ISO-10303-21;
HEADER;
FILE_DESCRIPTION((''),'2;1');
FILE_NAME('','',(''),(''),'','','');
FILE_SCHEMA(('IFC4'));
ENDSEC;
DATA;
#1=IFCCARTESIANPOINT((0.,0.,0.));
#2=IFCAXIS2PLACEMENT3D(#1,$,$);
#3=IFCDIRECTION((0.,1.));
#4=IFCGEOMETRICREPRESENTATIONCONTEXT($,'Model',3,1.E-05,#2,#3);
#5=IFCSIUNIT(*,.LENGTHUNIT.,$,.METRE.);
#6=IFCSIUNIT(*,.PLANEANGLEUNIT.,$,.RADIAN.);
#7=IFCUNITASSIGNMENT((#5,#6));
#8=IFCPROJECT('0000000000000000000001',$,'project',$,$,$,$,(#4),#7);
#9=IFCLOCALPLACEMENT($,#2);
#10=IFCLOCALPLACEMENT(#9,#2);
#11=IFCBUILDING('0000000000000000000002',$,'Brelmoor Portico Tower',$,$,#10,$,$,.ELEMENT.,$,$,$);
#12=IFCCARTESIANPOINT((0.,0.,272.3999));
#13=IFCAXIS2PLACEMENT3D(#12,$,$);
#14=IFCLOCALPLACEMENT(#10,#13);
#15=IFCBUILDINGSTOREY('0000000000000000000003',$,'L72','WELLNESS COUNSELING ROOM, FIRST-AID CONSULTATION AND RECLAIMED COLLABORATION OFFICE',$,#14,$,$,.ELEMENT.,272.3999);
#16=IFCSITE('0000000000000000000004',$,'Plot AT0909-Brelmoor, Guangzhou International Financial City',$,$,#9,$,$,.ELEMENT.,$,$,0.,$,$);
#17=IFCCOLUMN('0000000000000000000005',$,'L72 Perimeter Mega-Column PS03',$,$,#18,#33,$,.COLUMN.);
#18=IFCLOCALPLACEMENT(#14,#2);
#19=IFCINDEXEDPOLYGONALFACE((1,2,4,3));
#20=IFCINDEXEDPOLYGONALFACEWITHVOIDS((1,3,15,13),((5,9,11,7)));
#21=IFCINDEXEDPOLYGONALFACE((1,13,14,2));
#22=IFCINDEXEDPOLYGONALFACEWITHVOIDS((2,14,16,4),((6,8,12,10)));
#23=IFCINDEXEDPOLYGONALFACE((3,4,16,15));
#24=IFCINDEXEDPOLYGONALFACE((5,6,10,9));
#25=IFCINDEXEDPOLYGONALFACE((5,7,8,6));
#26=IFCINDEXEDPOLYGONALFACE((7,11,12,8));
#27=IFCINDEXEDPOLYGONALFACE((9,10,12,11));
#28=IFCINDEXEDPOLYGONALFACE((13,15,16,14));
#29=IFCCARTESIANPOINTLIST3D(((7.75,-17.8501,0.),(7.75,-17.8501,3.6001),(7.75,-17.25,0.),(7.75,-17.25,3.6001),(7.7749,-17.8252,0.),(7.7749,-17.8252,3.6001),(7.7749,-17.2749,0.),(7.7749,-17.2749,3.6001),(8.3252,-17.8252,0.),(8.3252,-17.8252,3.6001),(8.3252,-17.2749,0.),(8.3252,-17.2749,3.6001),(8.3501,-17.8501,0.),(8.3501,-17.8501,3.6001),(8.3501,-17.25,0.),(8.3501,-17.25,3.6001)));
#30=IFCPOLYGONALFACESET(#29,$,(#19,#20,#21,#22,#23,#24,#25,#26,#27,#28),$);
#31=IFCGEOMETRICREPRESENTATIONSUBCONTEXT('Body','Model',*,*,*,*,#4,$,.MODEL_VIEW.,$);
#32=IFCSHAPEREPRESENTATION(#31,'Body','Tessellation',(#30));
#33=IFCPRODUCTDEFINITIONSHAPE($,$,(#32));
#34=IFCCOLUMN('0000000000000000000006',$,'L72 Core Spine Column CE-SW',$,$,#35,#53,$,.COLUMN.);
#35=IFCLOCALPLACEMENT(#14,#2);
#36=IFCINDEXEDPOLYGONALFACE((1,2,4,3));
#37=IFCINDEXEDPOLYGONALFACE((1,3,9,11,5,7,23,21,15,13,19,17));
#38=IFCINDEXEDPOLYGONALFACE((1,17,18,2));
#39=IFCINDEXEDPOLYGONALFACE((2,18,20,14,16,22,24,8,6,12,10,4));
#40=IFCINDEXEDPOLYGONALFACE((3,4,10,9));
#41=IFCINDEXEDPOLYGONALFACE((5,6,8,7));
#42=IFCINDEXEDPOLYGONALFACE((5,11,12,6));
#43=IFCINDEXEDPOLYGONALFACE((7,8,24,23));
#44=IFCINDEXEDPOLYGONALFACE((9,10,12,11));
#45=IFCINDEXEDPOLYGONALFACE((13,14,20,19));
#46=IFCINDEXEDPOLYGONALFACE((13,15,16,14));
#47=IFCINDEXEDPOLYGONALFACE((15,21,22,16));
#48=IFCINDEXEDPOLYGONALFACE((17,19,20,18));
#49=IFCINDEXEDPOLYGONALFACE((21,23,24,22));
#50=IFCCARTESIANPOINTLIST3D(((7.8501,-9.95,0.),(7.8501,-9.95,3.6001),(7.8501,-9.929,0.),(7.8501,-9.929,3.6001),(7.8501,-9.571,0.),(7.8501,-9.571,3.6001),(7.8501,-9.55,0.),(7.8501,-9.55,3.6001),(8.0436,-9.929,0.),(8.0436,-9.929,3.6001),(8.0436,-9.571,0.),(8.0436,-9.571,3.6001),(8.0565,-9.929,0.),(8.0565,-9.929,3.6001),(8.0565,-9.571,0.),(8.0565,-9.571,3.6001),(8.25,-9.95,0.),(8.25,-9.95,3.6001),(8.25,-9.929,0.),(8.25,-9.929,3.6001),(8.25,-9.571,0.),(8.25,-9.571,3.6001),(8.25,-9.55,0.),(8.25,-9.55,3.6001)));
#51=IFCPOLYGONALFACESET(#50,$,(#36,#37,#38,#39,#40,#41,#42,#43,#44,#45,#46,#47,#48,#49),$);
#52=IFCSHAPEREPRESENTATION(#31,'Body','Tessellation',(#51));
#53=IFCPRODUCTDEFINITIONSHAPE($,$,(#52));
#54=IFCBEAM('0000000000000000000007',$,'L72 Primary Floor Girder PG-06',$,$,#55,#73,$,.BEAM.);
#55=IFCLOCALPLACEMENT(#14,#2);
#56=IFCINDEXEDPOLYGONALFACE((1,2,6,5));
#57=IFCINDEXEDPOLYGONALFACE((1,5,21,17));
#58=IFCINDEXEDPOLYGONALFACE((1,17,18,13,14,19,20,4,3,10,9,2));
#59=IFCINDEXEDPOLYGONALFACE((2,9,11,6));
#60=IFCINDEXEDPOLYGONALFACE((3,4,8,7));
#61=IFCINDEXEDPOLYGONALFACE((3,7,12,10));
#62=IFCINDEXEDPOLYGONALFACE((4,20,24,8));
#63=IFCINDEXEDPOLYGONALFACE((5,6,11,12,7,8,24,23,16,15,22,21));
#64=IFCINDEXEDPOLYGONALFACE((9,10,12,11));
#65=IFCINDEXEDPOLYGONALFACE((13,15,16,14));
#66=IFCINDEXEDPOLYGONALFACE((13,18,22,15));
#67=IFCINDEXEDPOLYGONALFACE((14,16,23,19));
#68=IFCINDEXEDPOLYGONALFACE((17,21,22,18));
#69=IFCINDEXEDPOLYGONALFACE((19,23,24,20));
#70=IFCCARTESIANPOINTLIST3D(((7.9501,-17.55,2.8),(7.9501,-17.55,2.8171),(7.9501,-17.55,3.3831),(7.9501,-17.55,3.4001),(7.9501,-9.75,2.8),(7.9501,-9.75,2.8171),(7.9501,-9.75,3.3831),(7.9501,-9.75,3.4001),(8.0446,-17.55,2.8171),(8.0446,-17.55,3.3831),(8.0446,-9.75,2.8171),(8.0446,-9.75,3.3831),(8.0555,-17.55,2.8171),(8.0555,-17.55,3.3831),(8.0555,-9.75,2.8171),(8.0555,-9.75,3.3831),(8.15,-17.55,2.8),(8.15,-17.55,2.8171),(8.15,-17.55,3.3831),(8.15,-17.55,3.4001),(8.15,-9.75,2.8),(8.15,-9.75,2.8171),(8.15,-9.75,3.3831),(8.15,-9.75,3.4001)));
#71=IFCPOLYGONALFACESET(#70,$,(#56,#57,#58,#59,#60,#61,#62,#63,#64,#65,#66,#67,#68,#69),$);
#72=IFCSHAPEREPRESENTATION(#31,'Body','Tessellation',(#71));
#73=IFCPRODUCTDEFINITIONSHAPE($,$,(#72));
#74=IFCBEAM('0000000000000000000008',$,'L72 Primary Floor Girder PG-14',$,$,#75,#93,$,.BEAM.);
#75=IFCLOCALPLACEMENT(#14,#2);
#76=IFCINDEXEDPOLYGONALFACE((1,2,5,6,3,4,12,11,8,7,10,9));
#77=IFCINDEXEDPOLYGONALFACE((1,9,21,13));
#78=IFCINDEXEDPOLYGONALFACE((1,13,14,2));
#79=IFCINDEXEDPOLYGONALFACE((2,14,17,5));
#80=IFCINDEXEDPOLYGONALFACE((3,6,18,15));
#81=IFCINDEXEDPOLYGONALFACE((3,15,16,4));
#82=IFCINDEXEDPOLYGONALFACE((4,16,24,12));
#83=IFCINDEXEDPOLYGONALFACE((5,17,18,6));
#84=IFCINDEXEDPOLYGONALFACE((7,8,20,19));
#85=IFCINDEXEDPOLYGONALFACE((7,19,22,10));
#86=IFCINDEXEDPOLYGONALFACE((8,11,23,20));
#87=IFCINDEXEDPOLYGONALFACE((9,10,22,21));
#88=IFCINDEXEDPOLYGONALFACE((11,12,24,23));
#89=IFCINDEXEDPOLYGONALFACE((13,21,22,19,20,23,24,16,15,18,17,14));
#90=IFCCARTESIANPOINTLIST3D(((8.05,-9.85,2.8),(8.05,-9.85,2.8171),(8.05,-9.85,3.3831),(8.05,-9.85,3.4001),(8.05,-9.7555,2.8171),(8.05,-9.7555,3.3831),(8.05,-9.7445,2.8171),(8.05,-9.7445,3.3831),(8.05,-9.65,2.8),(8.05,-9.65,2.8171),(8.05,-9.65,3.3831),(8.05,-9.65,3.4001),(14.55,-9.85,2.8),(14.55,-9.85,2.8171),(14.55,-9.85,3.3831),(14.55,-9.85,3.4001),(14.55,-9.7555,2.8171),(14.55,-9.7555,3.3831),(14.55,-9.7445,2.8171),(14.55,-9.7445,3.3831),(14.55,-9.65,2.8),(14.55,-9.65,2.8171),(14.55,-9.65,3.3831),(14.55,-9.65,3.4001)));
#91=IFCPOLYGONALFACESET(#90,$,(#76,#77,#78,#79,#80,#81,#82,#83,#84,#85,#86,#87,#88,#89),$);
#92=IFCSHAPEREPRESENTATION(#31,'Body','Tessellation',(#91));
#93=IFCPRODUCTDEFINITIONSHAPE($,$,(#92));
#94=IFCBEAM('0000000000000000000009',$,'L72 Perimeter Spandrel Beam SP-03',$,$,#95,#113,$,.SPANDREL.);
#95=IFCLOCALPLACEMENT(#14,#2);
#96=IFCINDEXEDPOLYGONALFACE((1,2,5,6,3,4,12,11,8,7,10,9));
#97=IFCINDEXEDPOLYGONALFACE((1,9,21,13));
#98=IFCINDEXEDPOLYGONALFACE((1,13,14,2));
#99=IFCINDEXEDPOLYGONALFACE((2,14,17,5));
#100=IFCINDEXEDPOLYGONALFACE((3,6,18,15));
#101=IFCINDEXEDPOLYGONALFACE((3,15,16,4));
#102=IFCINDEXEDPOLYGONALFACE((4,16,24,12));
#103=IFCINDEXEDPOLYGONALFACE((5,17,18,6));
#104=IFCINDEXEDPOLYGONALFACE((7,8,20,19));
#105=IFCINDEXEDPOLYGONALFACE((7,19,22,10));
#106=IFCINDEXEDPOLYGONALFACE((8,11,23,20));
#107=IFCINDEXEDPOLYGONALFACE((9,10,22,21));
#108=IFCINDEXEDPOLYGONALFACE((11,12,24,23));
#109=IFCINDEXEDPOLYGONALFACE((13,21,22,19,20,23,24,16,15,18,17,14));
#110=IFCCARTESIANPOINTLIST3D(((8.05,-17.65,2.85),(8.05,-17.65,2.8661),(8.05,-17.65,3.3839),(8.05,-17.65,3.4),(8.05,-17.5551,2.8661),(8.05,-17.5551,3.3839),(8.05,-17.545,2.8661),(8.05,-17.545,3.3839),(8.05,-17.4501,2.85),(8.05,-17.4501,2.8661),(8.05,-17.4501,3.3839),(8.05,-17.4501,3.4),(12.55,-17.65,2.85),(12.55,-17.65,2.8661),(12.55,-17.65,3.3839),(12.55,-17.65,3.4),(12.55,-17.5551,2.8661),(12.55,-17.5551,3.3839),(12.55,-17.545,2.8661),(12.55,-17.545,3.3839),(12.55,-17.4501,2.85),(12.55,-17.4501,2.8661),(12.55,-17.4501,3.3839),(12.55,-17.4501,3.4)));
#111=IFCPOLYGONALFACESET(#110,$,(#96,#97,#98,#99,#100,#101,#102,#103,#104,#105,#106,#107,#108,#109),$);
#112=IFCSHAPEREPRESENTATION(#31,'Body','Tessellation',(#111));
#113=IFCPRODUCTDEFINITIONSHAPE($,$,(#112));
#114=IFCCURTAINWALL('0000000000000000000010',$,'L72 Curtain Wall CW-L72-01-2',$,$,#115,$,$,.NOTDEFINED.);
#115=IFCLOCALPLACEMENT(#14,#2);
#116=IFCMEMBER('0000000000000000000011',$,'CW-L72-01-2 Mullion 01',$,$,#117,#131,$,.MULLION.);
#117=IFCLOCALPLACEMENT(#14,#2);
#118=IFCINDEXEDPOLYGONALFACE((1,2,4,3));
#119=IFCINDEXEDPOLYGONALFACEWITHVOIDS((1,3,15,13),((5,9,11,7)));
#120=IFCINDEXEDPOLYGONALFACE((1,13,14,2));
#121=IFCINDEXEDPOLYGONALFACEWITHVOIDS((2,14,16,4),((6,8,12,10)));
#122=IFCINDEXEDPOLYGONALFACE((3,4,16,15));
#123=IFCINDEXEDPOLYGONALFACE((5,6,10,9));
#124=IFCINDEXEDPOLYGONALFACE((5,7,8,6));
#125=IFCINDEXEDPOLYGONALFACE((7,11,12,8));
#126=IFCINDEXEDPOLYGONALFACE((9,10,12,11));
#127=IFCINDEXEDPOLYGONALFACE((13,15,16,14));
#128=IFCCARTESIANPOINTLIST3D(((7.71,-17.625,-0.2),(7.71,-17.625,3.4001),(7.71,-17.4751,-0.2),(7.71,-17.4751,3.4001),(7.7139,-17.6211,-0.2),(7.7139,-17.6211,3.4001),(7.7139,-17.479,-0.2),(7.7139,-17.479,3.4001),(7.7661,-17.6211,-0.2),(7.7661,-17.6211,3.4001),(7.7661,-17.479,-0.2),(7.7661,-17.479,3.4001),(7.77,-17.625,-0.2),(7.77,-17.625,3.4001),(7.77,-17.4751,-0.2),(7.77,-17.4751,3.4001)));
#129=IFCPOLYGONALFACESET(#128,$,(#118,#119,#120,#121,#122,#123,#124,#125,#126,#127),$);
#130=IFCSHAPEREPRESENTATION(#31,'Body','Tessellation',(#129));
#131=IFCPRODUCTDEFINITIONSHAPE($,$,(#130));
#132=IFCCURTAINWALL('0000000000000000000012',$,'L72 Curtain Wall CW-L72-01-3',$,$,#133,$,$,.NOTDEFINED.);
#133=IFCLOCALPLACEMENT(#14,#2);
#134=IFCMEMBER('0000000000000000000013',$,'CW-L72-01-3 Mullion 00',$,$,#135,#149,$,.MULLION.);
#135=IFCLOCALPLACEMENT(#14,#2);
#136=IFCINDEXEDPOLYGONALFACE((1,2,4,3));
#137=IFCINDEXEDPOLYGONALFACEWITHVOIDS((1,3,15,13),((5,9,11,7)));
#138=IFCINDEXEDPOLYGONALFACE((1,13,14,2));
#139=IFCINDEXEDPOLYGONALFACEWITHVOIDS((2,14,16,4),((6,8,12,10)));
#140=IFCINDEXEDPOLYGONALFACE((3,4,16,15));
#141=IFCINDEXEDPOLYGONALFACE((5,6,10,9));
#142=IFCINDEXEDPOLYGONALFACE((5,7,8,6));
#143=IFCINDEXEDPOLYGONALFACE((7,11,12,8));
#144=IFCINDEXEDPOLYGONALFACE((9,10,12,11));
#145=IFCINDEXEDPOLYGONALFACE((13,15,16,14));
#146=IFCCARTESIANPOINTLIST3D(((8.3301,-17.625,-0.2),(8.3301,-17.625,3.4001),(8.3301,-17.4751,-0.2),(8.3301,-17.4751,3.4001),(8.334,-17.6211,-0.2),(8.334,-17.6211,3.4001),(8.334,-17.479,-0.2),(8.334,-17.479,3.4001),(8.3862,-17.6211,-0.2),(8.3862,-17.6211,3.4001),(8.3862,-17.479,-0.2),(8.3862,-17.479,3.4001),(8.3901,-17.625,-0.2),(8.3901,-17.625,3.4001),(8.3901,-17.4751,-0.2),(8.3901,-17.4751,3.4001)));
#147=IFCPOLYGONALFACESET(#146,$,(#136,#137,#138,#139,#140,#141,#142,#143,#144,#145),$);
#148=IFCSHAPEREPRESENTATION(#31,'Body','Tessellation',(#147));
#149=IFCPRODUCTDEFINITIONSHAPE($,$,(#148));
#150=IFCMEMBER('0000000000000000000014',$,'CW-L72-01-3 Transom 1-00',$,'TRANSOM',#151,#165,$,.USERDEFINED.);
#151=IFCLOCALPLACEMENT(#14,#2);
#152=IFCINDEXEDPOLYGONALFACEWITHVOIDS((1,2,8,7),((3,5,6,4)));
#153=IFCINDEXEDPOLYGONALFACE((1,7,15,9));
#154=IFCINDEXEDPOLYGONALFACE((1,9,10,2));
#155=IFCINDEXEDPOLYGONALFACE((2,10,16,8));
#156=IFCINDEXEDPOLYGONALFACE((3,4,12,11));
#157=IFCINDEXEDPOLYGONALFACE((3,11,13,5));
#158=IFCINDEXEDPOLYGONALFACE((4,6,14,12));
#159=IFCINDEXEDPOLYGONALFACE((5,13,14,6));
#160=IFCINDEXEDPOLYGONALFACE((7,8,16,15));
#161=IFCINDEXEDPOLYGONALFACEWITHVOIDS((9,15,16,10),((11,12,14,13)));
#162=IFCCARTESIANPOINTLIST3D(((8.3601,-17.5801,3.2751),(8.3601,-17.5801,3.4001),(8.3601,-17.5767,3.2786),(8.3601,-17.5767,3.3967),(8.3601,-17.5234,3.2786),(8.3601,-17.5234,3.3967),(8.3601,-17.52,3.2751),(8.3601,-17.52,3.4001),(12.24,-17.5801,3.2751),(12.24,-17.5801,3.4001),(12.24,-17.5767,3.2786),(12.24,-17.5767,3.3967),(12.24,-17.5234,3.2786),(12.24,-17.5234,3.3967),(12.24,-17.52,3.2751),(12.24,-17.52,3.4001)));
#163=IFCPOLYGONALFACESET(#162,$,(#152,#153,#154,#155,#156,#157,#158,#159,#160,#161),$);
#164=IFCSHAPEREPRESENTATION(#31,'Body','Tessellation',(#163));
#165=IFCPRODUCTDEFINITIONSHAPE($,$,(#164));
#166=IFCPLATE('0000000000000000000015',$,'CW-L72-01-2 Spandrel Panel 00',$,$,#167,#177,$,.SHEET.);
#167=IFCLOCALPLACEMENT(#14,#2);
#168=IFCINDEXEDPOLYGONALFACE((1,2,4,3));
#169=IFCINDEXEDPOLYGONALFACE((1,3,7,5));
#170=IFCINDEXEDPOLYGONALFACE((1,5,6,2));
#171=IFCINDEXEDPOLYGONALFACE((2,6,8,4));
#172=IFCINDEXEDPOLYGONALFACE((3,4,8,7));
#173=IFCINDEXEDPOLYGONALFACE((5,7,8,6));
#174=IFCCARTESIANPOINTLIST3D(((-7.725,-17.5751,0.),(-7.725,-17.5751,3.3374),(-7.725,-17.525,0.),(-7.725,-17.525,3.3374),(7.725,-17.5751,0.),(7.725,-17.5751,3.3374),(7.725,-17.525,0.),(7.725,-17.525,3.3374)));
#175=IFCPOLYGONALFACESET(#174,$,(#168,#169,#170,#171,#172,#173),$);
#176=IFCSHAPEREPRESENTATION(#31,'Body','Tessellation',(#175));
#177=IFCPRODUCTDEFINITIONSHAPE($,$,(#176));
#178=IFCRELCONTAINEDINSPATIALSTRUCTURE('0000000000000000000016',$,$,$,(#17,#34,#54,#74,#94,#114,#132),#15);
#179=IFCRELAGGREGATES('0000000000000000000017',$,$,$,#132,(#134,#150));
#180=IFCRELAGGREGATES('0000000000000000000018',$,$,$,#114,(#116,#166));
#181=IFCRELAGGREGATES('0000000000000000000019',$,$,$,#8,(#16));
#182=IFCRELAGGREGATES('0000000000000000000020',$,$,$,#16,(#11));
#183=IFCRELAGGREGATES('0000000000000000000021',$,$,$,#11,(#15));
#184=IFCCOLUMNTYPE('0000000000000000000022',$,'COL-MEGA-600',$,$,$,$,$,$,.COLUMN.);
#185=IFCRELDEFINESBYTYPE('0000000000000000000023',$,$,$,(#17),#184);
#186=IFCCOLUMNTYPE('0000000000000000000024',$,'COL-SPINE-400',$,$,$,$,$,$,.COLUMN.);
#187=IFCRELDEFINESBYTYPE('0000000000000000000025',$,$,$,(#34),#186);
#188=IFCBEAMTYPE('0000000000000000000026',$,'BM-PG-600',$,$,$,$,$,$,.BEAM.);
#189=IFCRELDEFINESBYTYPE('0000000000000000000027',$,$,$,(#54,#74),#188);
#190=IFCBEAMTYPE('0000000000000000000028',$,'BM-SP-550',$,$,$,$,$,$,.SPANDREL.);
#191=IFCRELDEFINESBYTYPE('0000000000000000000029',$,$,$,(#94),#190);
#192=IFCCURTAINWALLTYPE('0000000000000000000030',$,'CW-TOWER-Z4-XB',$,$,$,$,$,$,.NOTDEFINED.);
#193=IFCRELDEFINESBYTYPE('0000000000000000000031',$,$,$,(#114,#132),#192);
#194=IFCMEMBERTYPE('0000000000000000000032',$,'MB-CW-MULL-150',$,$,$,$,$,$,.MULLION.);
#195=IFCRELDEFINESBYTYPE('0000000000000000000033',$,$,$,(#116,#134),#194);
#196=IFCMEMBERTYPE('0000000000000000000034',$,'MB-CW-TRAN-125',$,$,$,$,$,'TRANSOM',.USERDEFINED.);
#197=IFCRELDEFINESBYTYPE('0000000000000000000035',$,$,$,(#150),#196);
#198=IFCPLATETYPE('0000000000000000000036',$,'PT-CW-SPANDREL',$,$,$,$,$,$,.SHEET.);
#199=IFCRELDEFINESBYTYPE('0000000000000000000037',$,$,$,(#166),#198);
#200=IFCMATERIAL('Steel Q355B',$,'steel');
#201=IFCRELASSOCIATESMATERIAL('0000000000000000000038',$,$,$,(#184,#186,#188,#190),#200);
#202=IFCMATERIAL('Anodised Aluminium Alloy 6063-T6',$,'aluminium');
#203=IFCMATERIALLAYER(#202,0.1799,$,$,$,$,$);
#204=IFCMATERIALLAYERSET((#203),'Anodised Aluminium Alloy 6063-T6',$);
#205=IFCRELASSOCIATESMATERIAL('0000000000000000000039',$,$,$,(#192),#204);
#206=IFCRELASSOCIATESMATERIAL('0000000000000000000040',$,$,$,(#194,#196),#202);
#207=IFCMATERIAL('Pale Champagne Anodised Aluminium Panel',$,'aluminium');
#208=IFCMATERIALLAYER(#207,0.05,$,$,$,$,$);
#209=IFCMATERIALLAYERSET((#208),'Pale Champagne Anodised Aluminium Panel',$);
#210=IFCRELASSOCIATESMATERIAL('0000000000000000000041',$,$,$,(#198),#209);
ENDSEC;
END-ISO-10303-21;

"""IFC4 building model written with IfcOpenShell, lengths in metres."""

from ifc_helpers import new_model, si_unit, direction, frame, origin, origin_2d, place, context, subcontext, project, spatial, rectangle, hollow_rectangle, i_section, extrude, material, layer, layer_set, material_profile, profile_set, type_object, element, aggregate, save


model = new_model("IFC4")

# Units and contexts
model_context = context("Model", 3, precision=1e-05, world=origin(), true_north=direction((0.0, 1.0)))
body_context = subcontext(model_context, "Body", "Model", "MODEL_VIEW")
ifc_project = project(units=[si_unit("LENGTHUNIT", "METRE"), si_unit("PLANEANGLEUNIT", "RADIAN")], contexts=[model_context])

# Site, building, storey
site_placement = place(None, origin())
site = spatial("IfcSite", under=ifc_project, at=site_placement, Name="Plot AT0909-Brelmoor, Guangzhou International Financial City", CompositionType="ELEMENT", RefElevation=0.0)
building_placement = place(site_placement, origin())
building = spatial("IfcBuilding", under=site, at=building_placement, Name="Brelmoor Portico Tower", CompositionType="ELEMENT")
storey_placement = place(building_placement, frame((0.0, 0.0, 272.3999)))
storey = spatial("IfcBuildingStorey", under=building, at=storey_placement, Name="L72", Description="WELLNESS COUNSELING ROOM, FIRST-AID CONSULTATION AND RECLAIMED COLLABORATION OFFICE", CompositionType="ELEMENT", Elevation=272.3999)

# Columns
ifc_material_1 = material(Name="Steel Q355B", Category="steel")
ifc_material_profile_1 = material_profile(ifc_material_1, hollow_rectangle(XDim=0.6001, YDim=0.6001, WallThickness=0.0249, at=origin_2d()), Name="BOX 600x600x25")
ifc_profile_set_1 = profile_set([ifc_material_profile_1], Name="Steel Q355B")
column_type_1 = type_object("IfcColumnType", Name="COL-MEGA-600", PredefinedType="COLUMN", material=ifc_profile_set_1)
column_1_placement = place(storey_placement, frame((8.05, -17.55, 0.0), z_axis=(0.0, 0.0, 1.0), x_axis=(1.0, 0.0, 0.0)))
element("IfcColumn", 1, at=column_1_placement, inside=storey, type_object=column_type_1, Name="L72 Perimeter Mega-Column PS03", PredefinedType="COLUMN", context=body_context, shape_type="SweptSolid", body=[
    extrude(hollow_rectangle(XDim=0.6001, YDim=0.6001, WallThickness=0.0249, at=origin_2d()), origin(), (0.0, 0.0, 1.0), 3.6001),
])
ifc_material_profile_2 = material_profile(ifc_material_1, i_section(OverallWidth=0.3999, OverallDepth=0.3999, WebThickness=0.0129, FlangeThickness=0.021, at=origin_2d()), Name="HW 400x400x13x21")
ifc_profile_set_2 = profile_set([ifc_material_profile_2], Name="Steel Q355B")
column_type_2 = type_object("IfcColumnType", Name="COL-SPINE-400", PredefinedType="COLUMN", material=ifc_profile_set_2)
column_2_placement = place(storey_placement, frame((8.05, -9.75, 0.0), z_axis=(0.0, 0.0, 1.0), x_axis=(1.0, 0.0, 0.0)))
element("IfcColumn", 2, at=column_2_placement, inside=storey, type_object=column_type_2, Name="L72 Core Spine Column CE-SW", PredefinedType="COLUMN", context=body_context, shape_type="SweptSolid", body=[
    extrude(i_section(OverallWidth=0.3999, OverallDepth=0.3999, WebThickness=0.0129, FlangeThickness=0.021, at=origin_2d()), origin(), (0.0, 0.0, 1.0), 3.6001),
])

# Beams
ifc_material_profile_3 = material_profile(ifc_material_1, i_section(OverallWidth=0.2, OverallDepth=0.6001, WebThickness=0.011, FlangeThickness=0.0171, at=origin_2d()), Name="HN 600x200x11x17")
ifc_profile_set_3 = profile_set([ifc_material_profile_3], Name="Steel Q355B")
beam_type_1 = type_object("IfcBeamType", Name="BM-PG-600", PredefinedType="BEAM", material=ifc_profile_set_3)
beam_1_placement = place(storey_placement, frame((8.05, -17.55, 3.1001), z_axis=(0.0, 1.0, 0.0), x_axis=(-1.0, 0.0, 0.0)))
element("IfcBeam", 3, at=beam_1_placement, inside=storey, type_object=beam_type_1, Name="L72 Primary Floor Girder PG-06", PredefinedType="BEAM", context=body_context, shape_type="SweptSolid", body=[
    extrude(i_section(OverallWidth=0.2, OverallDepth=0.6001, WebThickness=0.011, FlangeThickness=0.0171, at=origin_2d()), origin(), (0.0, 0.0, 1.0), 7.8),
])
beam_2_placement = place(storey_placement, frame((8.05, -9.75, 3.1001), z_axis=(1.0, 0.0, 0.0), x_axis=(0.0, 1.0, 0.0)))
element("IfcBeam", 4, at=beam_2_placement, inside=storey, type_object=beam_type_1, Name="L72 Primary Floor Girder PG-14", PredefinedType="BEAM", context=body_context, shape_type="SweptSolid", body=[
    extrude(i_section(OverallWidth=0.2, OverallDepth=0.6001, WebThickness=0.011, FlangeThickness=0.0171, at=origin_2d()), origin(), (0.0, 0.0, 1.0), 6.5),
])
ifc_material_profile_4 = material_profile(ifc_material_1, i_section(OverallWidth=0.2, OverallDepth=0.55, WebThickness=0.01, FlangeThickness=0.0161, at=origin_2d()), Name="HN 550x200x10x16")
ifc_profile_set_4 = profile_set([ifc_material_profile_4], Name="Steel Q355B")
beam_type_2 = type_object("IfcBeamType", Name="BM-SP-550", PredefinedType="SPANDREL", material=ifc_profile_set_4)
beam_3_placement = place(storey_placement, frame((8.05, -17.55, 3.125), z_axis=(1.0, 0.0, 0.0), x_axis=(0.0, 1.0, 0.0)))
element("IfcBeam", 5, at=beam_3_placement, inside=storey, type_object=beam_type_2, Name="L72 Perimeter Spandrel Beam SP-03", PredefinedType="SPANDREL", context=body_context, shape_type="SweptSolid", body=[
    extrude(i_section(OverallWidth=0.2, OverallDepth=0.55, WebThickness=0.01, FlangeThickness=0.0161, at=origin_2d()), origin(), (0.0, 0.0, 1.0), 4.5),
])

# Curtain wall, member
ifc_material_2 = material(Name="Anodised Aluminium Alloy 6063-T6", Category="aluminium")
ifc_layer_1 = layer(ifc_material_2, 0.1799)
ifc_layer_set_1 = layer_set([ifc_layer_1], Name="Anodised Aluminium Alloy 6063-T6")
curtain_wall_type = type_object("IfcCurtainWallType", Name="CW-TOWER-Z4-XB", PredefinedType="NOTDEFINED", material=ifc_layer_set_1)
curtain_wall_1_placement = place(storey_placement, origin())
curtain_wall_1 = element("IfcCurtainWall", 6, at=curtain_wall_1_placement, inside=storey, type_object=curtain_wall_type, Name="L72 Curtain Wall CW-L72-01-2", PredefinedType="NOTDEFINED")
ifc_material_profile_5 = material_profile(ifc_material_2, hollow_rectangle(XDim=0.0601, YDim=0.1499, WallThickness=0.0039, at=origin_2d()), Name="ALU MULLION 60x150")
ifc_profile_set_5 = profile_set([ifc_material_profile_5], Name="Anodised Aluminium Alloy 6063-T6")
member_type_1 = type_object("IfcMemberType", Name="MB-CW-MULL-150", PredefinedType="MULLION", material=ifc_profile_set_5)
member_1_placement = place(storey_placement, frame((7.74, -17.55, -0.2), z_axis=(0.0, 0.0, 1.0), x_axis=(1.0, 0.0, 0.0)))
member_1 = element("IfcMember", 7, at=member_1_placement, type_object=member_type_1, Name="CW-L72-01-2 Mullion 01", PredefinedType="MULLION", context=body_context, shape_type="SweptSolid", body=[
    extrude(hollow_rectangle(XDim=0.0601, YDim=0.1499, WallThickness=0.0039, at=origin_2d()), origin(), (0.0, 0.0, 1.0), 3.6001),
])

# Curtain wall, members
curtain_wall_2_placement = place(storey_placement, origin())
curtain_wall_2 = element("IfcCurtainWall", 8, at=curtain_wall_2_placement, inside=storey, type_object=curtain_wall_type, Name="L72 Curtain Wall CW-L72-01-3", PredefinedType="NOTDEFINED")
member_2_placement = place(storey_placement, frame((8.3601, -17.55, -0.2), z_axis=(0.0, 0.0, 1.0), x_axis=(1.0, 0.0, 0.0)))
member_2 = element("IfcMember", 9, at=member_2_placement, type_object=member_type_1, Name="CW-L72-01-3 Mullion 00", PredefinedType="MULLION", context=body_context, shape_type="SweptSolid", body=[
    extrude(hollow_rectangle(XDim=0.0601, YDim=0.1499, WallThickness=0.0039, at=origin_2d()), origin(), (0.0, 0.0, 1.0), 3.6001),
])
ifc_material_profile_6 = material_profile(ifc_material_2, hollow_rectangle(XDim=0.0601, YDim=0.125, WallThickness=0.0034, at=origin_2d()), Name="ALU TRANSOM 60x125")
ifc_profile_set_6 = profile_set([ifc_material_profile_6], Name="Anodised Aluminium Alloy 6063-T6")
member_type_2 = type_object("IfcMemberType", Name="MB-CW-TRAN-125", ElementType="TRANSOM", PredefinedType="USERDEFINED", material=ifc_profile_set_6)
member_3_placement = place(storey_placement, frame((8.3601, -17.55, 3.3376), z_axis=(1.0, 0.0, 0.0), x_axis=(0.0, 1.0, 0.0)))
member_3 = element("IfcMember", 10, at=member_3_placement, type_object=member_type_2, Name="CW-L72-01-3 Transom 1-00", ObjectType="TRANSOM", PredefinedType="USERDEFINED", context=body_context, shape_type="SweptSolid", body=[
    extrude(hollow_rectangle(XDim=0.0601, YDim=0.125, WallThickness=0.0034, at=origin_2d()), origin(), (0.0, 0.0, 1.0), 3.8799),
])
aggregate(curtain_wall_2, [member_2, member_3])

# Plate
ifc_material_3 = material(Name="Pale Champagne Anodised Aluminium Panel", Category="aluminium")
ifc_layer_2 = layer(ifc_material_3, 0.05)
ifc_layer_set_2 = layer_set([ifc_layer_2], Name="Pale Champagne Anodised Aluminium Panel")
plate_type_1 = type_object("IfcPlateType", Name="PT-CW-SPANDREL", PredefinedType="SHEET", material=ifc_layer_set_2)
plate_1_placement = place(storey_placement, frame((0.0, -17.55, 0.0), z_axis=(0.0, 0.0, 1.0), x_axis=(1.0, 0.0, 0.0)))
plate_1 = element("IfcPlate", 11, at=plate_1_placement, type_object=plate_type_1, Name="CW-L72-01-2 Spandrel Panel 00", PredefinedType="SHEET", context=body_context, shape_type="SweptSolid", body=[
    extrude(rectangle(XDim=15.45, YDim=0.05, at=origin_2d()), origin(), (0.0, 0.0, 1.0), 3.3374),
])
aggregate(curtain_wall_1, [member_1, plate_1])

save(model, "model.ifc")
